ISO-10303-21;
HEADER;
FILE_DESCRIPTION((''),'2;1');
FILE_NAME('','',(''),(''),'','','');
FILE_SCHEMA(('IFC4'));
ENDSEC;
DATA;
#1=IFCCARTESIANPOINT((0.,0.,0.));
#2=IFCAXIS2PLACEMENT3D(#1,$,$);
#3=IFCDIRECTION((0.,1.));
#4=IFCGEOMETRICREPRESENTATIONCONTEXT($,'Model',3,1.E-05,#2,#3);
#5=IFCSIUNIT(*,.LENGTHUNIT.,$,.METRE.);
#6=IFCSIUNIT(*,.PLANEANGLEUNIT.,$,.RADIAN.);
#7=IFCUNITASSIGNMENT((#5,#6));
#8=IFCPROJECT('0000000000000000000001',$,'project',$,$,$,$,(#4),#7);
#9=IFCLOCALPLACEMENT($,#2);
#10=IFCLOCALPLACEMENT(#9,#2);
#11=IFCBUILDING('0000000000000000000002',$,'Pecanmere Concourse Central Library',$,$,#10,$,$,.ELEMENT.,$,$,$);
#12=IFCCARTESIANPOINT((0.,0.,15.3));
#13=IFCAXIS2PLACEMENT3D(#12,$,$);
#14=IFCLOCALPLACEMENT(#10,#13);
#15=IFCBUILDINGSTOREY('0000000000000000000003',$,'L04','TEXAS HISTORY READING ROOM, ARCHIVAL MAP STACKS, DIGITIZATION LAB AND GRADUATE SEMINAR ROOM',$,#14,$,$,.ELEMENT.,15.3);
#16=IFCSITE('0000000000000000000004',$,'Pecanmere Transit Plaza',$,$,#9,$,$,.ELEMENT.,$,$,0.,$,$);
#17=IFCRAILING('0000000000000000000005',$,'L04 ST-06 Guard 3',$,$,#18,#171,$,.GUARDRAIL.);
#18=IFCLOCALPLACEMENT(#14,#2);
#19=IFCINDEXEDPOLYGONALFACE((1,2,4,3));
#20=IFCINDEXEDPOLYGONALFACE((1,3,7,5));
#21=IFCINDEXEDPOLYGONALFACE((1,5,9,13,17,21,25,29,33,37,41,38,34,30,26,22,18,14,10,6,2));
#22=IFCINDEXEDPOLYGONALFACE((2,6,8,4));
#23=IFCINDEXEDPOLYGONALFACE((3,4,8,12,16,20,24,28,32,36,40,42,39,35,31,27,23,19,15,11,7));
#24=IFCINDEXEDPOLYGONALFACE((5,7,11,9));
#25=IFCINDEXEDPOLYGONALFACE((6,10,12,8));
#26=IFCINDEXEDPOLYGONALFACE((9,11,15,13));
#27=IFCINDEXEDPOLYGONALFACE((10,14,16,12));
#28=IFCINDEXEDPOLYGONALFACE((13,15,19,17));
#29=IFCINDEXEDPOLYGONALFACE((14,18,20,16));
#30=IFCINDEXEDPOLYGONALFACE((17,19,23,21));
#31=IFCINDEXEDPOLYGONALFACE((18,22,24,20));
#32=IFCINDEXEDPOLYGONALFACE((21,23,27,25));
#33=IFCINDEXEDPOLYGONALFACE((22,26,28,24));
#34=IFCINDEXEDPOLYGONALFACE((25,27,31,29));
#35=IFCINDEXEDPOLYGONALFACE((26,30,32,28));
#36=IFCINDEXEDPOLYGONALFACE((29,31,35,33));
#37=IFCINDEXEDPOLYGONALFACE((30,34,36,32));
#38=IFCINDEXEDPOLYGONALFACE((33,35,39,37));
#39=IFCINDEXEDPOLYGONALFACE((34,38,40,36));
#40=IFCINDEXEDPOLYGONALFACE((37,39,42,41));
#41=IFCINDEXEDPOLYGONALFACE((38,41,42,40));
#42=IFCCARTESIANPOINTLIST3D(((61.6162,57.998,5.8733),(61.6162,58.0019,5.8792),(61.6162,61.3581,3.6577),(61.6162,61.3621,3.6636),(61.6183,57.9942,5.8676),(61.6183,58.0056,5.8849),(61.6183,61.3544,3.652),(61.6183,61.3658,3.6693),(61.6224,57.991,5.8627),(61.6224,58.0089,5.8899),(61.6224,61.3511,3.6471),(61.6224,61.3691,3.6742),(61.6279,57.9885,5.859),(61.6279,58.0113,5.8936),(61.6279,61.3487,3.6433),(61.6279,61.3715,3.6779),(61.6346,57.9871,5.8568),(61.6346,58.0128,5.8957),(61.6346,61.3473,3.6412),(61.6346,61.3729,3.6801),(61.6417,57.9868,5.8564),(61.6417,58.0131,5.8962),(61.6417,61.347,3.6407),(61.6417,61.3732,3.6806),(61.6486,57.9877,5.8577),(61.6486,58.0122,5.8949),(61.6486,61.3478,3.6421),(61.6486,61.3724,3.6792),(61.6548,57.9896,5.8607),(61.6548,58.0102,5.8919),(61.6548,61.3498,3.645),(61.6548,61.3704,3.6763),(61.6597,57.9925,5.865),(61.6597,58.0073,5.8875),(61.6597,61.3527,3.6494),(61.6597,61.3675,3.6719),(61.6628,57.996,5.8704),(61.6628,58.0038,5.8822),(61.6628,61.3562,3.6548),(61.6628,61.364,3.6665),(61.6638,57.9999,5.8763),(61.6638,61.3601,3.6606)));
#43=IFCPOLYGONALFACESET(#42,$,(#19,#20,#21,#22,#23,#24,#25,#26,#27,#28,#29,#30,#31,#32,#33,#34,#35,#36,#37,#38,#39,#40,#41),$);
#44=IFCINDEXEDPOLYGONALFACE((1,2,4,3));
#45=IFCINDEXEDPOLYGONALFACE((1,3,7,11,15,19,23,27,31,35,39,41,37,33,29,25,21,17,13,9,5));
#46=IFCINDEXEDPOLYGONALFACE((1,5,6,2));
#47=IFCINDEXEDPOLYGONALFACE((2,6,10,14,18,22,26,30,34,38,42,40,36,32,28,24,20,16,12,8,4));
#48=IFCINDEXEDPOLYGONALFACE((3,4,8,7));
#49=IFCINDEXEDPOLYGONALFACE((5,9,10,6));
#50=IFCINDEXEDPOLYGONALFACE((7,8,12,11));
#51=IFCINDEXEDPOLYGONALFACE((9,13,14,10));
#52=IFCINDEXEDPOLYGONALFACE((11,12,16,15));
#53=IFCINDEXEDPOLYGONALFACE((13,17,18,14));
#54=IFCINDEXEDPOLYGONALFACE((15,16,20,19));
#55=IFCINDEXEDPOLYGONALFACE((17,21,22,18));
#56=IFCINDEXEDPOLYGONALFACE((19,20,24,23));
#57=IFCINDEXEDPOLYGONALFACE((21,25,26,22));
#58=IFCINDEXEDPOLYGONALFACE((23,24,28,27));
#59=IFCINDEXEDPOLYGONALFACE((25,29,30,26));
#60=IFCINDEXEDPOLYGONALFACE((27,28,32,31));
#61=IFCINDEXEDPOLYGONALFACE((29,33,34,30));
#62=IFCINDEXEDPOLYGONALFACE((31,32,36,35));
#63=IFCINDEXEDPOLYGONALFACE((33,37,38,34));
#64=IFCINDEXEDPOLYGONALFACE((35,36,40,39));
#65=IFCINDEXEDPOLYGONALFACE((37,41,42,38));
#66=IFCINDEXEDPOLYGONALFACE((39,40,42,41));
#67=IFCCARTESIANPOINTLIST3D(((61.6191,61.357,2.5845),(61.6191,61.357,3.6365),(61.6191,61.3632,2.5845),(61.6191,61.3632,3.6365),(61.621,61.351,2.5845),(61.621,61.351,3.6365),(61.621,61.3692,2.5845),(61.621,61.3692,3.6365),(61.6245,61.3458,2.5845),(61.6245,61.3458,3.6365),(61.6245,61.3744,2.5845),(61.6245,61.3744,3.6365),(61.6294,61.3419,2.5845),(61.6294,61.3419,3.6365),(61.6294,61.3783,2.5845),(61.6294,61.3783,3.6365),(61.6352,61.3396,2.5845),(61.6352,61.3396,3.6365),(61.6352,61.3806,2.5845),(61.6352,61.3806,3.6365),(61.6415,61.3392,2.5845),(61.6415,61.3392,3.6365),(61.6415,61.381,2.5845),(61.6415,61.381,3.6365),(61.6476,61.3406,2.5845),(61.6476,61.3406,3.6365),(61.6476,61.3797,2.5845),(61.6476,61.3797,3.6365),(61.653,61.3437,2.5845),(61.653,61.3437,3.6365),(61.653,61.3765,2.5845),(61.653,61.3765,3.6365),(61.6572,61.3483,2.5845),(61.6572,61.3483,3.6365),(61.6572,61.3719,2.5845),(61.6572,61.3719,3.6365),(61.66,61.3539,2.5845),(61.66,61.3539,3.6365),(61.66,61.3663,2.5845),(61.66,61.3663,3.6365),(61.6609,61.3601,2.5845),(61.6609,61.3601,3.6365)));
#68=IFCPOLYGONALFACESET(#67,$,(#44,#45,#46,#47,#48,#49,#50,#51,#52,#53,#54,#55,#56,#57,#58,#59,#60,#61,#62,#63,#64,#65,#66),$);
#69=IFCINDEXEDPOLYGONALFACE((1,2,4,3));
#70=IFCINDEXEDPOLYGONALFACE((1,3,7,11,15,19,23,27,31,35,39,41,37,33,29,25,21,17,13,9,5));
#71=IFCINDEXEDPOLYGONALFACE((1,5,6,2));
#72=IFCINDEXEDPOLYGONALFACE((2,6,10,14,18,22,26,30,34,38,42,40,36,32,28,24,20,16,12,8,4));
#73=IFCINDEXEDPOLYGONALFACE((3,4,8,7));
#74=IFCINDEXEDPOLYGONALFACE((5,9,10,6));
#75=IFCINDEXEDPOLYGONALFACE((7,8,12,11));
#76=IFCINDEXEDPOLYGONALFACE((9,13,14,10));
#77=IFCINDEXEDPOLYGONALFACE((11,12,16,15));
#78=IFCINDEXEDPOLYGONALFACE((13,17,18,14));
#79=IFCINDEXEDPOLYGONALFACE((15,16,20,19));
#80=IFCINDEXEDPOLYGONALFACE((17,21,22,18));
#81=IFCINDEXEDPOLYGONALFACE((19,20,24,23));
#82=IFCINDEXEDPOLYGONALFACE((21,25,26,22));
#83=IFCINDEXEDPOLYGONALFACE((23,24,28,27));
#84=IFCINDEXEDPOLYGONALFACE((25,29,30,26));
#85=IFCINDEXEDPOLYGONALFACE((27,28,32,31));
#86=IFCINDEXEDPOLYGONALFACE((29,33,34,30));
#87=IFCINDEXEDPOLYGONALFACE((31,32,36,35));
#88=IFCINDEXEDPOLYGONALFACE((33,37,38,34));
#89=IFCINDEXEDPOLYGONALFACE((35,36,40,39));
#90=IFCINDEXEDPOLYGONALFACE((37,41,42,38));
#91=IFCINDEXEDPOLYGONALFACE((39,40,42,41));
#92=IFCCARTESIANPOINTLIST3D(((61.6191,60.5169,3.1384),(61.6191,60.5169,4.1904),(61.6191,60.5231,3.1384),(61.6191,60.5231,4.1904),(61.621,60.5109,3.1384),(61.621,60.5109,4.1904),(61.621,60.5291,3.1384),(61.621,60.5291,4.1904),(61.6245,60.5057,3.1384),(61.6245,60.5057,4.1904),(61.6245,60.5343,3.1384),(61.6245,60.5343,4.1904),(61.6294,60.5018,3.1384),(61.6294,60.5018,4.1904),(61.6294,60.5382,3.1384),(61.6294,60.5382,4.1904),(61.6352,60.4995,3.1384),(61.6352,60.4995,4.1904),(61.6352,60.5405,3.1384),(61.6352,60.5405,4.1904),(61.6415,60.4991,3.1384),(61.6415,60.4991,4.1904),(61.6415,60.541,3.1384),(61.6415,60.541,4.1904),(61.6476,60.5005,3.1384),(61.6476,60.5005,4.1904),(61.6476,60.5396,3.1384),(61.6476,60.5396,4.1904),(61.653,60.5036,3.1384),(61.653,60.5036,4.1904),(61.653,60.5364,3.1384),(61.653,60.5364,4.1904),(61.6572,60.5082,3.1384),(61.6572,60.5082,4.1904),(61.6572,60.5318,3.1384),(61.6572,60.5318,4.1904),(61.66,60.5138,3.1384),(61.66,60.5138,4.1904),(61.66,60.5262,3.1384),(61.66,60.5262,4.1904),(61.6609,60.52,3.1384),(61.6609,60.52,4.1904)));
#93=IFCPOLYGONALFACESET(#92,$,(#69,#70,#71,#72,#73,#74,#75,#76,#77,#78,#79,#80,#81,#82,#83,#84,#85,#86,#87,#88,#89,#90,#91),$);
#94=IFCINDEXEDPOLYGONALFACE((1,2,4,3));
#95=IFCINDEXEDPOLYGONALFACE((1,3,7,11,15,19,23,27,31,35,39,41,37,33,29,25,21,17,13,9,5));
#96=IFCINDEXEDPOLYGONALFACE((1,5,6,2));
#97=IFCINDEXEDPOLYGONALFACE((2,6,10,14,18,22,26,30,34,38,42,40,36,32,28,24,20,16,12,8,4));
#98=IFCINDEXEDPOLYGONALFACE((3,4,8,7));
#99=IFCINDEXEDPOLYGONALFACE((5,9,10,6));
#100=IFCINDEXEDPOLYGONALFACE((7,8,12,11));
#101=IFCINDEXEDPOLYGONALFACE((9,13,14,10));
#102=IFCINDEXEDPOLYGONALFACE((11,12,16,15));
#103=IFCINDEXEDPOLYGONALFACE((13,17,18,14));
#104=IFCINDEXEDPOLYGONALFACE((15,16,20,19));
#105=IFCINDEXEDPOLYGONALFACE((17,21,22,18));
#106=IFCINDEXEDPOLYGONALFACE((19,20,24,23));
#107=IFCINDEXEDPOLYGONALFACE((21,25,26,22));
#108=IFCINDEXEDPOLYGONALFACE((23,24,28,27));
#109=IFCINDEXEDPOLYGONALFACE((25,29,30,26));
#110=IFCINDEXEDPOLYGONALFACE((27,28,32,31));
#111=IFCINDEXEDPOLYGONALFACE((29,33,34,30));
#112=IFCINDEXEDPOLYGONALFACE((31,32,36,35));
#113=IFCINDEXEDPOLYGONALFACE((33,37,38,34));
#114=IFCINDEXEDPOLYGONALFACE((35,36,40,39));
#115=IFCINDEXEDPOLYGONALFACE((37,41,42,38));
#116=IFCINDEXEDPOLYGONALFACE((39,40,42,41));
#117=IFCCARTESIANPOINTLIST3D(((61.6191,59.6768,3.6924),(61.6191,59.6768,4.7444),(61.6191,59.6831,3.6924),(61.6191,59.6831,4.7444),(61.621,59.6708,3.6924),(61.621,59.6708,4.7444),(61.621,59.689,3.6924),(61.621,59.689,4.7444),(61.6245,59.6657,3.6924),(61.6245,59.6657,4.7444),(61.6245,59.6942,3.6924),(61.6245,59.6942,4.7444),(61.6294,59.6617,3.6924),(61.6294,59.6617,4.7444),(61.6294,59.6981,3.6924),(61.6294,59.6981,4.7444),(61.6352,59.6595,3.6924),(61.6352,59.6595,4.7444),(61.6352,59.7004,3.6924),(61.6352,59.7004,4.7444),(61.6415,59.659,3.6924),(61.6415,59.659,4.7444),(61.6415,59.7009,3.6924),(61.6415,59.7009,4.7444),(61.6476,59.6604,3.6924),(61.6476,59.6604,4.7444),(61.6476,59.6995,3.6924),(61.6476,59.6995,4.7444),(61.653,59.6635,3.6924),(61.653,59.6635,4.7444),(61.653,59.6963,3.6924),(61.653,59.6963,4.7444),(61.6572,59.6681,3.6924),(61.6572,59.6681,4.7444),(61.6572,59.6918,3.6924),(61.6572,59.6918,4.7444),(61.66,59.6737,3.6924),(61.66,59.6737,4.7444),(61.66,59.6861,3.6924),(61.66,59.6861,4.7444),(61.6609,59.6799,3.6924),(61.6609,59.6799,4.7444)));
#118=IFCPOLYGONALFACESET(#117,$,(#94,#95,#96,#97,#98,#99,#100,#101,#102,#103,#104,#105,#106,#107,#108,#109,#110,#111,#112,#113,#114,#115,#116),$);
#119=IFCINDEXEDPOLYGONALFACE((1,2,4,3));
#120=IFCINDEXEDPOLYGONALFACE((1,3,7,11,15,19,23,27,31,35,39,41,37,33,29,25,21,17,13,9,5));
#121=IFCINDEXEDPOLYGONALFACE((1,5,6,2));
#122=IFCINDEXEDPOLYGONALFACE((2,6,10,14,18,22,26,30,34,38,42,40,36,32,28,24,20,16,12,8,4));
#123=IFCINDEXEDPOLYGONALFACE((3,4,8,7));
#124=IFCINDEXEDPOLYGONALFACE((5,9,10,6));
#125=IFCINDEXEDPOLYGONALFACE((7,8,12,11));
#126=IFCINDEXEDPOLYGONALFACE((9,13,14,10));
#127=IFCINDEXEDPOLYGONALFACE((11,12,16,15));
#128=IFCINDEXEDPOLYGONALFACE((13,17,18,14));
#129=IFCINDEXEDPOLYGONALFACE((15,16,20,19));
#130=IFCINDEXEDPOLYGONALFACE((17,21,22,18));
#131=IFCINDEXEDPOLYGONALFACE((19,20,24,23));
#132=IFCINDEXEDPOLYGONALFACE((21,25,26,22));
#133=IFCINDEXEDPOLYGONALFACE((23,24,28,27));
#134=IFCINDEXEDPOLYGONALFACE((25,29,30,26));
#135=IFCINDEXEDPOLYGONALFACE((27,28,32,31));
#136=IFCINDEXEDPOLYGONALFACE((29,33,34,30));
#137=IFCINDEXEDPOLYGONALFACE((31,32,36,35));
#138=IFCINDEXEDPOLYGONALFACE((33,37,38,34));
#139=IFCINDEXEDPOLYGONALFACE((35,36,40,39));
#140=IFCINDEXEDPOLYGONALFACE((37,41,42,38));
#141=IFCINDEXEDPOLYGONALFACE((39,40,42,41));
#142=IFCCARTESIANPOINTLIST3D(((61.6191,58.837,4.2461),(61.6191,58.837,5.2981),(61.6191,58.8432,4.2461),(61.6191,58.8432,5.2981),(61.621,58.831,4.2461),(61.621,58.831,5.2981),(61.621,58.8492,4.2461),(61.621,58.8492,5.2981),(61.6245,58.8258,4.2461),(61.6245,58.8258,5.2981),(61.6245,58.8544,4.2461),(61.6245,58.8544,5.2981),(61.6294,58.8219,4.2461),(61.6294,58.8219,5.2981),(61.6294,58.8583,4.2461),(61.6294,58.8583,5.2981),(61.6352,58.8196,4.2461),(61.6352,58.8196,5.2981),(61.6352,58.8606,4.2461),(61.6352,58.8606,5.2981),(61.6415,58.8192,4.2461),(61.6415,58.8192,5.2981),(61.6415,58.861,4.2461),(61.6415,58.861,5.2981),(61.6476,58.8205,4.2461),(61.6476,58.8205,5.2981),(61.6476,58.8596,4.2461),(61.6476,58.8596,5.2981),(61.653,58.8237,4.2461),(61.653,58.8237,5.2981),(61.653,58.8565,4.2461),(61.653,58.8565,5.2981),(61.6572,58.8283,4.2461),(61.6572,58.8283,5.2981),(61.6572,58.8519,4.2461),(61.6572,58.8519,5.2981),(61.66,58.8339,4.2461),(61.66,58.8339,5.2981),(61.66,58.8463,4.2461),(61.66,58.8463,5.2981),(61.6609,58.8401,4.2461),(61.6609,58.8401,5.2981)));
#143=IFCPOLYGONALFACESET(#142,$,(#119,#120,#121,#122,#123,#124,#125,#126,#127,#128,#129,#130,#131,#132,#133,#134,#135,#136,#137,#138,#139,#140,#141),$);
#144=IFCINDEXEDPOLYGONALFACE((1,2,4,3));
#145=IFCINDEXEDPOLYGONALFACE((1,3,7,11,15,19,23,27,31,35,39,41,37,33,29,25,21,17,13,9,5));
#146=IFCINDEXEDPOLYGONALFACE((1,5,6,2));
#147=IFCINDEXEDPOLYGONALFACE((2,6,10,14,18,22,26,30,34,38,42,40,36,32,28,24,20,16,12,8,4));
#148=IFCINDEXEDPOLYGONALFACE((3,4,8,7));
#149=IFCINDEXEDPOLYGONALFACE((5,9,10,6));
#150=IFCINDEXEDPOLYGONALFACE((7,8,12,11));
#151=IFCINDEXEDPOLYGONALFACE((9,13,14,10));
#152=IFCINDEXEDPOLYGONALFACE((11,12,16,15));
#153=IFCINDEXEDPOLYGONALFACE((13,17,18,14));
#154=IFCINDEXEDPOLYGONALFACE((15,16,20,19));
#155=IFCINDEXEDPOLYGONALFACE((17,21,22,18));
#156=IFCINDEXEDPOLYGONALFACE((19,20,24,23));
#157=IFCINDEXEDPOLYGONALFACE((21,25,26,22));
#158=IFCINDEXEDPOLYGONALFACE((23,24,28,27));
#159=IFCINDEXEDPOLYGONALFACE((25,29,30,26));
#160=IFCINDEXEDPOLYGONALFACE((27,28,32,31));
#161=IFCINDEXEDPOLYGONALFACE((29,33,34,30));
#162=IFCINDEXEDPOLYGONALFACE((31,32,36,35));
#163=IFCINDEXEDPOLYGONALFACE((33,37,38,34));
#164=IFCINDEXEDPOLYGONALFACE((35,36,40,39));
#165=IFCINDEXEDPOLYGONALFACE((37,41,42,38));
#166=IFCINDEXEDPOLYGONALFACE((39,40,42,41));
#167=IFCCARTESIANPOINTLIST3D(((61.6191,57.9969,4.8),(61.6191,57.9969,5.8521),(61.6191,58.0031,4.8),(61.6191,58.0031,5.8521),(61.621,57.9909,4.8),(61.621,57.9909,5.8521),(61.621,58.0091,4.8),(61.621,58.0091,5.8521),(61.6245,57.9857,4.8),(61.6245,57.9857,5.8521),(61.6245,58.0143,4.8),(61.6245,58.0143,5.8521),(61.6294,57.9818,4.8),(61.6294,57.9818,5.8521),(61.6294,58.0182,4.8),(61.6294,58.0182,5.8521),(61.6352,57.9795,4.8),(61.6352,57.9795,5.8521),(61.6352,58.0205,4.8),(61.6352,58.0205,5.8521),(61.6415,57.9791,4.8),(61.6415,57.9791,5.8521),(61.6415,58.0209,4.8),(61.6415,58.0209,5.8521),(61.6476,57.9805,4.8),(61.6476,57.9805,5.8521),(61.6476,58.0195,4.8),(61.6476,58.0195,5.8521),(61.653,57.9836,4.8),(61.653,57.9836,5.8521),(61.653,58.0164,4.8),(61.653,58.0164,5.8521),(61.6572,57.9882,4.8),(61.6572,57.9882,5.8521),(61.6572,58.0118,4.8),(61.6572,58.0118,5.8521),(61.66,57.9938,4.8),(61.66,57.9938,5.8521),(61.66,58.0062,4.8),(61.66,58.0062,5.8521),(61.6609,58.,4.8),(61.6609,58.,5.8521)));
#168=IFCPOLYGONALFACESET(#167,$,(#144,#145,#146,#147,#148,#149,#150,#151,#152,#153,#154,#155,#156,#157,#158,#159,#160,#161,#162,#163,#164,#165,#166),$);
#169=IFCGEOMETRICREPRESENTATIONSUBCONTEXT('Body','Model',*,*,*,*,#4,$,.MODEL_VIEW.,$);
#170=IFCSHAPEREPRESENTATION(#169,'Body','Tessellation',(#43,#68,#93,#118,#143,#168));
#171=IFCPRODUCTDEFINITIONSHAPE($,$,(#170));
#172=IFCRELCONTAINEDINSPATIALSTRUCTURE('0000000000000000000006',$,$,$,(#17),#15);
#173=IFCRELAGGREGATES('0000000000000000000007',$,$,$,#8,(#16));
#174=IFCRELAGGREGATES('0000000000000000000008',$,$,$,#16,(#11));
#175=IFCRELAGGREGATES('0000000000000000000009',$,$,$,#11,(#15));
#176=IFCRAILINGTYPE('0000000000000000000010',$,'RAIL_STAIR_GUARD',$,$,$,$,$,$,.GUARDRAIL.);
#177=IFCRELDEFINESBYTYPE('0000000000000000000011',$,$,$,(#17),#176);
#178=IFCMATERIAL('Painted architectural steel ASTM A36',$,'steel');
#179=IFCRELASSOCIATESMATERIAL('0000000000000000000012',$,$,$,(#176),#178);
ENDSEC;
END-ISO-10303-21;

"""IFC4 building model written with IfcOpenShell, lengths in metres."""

from ifc_helpers import new_model, si_unit, direction, frame, origin, origin_2d, place, context, subcontext, project, spatial, circle, extrude, material, type_object, element, save


model = new_model("IFC4")

# Units and contexts
model_context = context("Model", 3, precision=1e-05, world=origin(), true_north=direction((0.0, 1.0)))
body_context = subcontext(model_context, "Body", "Model", "MODEL_VIEW")
ifc_project = project(units=[si_unit("LENGTHUNIT", "METRE"), si_unit("PLANEANGLEUNIT", "RADIAN")], contexts=[model_context])

# Site, building, storey
site_placement = place(None, origin())
site = spatial("IfcSite", under=ifc_project, at=site_placement, Name="Pecanmere Transit Plaza", CompositionType="ELEMENT", RefElevation=0.0)
building_placement = place(site_placement, origin())
building = spatial("IfcBuilding", under=site, at=building_placement, Name="Pecanmere Concourse Central Library", CompositionType="ELEMENT")
storey_placement = place(building_placement, frame((0.0, 0.0, 15.3)))
storey = spatial("IfcBuildingStorey", under=building, at=storey_placement, Name="L04", Description="TEXAS HISTORY READING ROOM, ARCHIVAL MAP STACKS, DIGITIZATION LAB AND GRADUATE SEMINAR ROOM", CompositionType="ELEMENT", Elevation=15.3)

# Railing
ifc_material_1 = material(Name="Painted architectural steel ASTM A36", Category="steel")
railing_type_1 = type_object("IfcRailingType", Name="RAIL_STAIR_GUARD", PredefinedType="GUARDRAIL", material=ifc_material_1)
railing_1_placement = place(storey_placement, frame((61.6399, 61.3601, 2.5845)))
element("IfcRailing", 1, at=railing_1_placement, inside=storey, type_object=railing_type_1, Name="L04 ST-06 Guard 3", PredefinedType="GUARDRAIL", context=body_context, shape_type="SweptSolid", body=[
    extrude(circle(Radius=0.0239, at=origin_2d()), frame((0.0, 0.0, 1.0762), z_axis=(0.0, -0.834849, 0.55048), x_axis=(1.0, 0.0, 0.0)), (0.0, 0.0, 1.0), 4.0249),
    extrude(circle(Radius=0.021, at=origin_2d()), origin(), (0.0, 0.0, 1.0), 1.052),
    extrude(circle(Radius=0.021, at=origin_2d()), frame((0.0, -0.8401, 0.554)), (0.0, 0.0, 1.0), 1.052),
    extrude(circle(Radius=0.021, at=origin_2d()), frame((0.0, -1.6802, 1.1079)), (0.0, 0.0, 1.0), 1.052),
    extrude(circle(Radius=0.021, at=origin_2d()), frame((0.0, -2.52, 1.6616)), (0.0, 0.0, 1.0), 1.052),
    extrude(circle(Radius=0.021, at=origin_2d()), frame((0.0, -3.3601, 2.2156)), (0.0, 0.0, 1.0), 1.052),
])

save(model, "model.ifc")
